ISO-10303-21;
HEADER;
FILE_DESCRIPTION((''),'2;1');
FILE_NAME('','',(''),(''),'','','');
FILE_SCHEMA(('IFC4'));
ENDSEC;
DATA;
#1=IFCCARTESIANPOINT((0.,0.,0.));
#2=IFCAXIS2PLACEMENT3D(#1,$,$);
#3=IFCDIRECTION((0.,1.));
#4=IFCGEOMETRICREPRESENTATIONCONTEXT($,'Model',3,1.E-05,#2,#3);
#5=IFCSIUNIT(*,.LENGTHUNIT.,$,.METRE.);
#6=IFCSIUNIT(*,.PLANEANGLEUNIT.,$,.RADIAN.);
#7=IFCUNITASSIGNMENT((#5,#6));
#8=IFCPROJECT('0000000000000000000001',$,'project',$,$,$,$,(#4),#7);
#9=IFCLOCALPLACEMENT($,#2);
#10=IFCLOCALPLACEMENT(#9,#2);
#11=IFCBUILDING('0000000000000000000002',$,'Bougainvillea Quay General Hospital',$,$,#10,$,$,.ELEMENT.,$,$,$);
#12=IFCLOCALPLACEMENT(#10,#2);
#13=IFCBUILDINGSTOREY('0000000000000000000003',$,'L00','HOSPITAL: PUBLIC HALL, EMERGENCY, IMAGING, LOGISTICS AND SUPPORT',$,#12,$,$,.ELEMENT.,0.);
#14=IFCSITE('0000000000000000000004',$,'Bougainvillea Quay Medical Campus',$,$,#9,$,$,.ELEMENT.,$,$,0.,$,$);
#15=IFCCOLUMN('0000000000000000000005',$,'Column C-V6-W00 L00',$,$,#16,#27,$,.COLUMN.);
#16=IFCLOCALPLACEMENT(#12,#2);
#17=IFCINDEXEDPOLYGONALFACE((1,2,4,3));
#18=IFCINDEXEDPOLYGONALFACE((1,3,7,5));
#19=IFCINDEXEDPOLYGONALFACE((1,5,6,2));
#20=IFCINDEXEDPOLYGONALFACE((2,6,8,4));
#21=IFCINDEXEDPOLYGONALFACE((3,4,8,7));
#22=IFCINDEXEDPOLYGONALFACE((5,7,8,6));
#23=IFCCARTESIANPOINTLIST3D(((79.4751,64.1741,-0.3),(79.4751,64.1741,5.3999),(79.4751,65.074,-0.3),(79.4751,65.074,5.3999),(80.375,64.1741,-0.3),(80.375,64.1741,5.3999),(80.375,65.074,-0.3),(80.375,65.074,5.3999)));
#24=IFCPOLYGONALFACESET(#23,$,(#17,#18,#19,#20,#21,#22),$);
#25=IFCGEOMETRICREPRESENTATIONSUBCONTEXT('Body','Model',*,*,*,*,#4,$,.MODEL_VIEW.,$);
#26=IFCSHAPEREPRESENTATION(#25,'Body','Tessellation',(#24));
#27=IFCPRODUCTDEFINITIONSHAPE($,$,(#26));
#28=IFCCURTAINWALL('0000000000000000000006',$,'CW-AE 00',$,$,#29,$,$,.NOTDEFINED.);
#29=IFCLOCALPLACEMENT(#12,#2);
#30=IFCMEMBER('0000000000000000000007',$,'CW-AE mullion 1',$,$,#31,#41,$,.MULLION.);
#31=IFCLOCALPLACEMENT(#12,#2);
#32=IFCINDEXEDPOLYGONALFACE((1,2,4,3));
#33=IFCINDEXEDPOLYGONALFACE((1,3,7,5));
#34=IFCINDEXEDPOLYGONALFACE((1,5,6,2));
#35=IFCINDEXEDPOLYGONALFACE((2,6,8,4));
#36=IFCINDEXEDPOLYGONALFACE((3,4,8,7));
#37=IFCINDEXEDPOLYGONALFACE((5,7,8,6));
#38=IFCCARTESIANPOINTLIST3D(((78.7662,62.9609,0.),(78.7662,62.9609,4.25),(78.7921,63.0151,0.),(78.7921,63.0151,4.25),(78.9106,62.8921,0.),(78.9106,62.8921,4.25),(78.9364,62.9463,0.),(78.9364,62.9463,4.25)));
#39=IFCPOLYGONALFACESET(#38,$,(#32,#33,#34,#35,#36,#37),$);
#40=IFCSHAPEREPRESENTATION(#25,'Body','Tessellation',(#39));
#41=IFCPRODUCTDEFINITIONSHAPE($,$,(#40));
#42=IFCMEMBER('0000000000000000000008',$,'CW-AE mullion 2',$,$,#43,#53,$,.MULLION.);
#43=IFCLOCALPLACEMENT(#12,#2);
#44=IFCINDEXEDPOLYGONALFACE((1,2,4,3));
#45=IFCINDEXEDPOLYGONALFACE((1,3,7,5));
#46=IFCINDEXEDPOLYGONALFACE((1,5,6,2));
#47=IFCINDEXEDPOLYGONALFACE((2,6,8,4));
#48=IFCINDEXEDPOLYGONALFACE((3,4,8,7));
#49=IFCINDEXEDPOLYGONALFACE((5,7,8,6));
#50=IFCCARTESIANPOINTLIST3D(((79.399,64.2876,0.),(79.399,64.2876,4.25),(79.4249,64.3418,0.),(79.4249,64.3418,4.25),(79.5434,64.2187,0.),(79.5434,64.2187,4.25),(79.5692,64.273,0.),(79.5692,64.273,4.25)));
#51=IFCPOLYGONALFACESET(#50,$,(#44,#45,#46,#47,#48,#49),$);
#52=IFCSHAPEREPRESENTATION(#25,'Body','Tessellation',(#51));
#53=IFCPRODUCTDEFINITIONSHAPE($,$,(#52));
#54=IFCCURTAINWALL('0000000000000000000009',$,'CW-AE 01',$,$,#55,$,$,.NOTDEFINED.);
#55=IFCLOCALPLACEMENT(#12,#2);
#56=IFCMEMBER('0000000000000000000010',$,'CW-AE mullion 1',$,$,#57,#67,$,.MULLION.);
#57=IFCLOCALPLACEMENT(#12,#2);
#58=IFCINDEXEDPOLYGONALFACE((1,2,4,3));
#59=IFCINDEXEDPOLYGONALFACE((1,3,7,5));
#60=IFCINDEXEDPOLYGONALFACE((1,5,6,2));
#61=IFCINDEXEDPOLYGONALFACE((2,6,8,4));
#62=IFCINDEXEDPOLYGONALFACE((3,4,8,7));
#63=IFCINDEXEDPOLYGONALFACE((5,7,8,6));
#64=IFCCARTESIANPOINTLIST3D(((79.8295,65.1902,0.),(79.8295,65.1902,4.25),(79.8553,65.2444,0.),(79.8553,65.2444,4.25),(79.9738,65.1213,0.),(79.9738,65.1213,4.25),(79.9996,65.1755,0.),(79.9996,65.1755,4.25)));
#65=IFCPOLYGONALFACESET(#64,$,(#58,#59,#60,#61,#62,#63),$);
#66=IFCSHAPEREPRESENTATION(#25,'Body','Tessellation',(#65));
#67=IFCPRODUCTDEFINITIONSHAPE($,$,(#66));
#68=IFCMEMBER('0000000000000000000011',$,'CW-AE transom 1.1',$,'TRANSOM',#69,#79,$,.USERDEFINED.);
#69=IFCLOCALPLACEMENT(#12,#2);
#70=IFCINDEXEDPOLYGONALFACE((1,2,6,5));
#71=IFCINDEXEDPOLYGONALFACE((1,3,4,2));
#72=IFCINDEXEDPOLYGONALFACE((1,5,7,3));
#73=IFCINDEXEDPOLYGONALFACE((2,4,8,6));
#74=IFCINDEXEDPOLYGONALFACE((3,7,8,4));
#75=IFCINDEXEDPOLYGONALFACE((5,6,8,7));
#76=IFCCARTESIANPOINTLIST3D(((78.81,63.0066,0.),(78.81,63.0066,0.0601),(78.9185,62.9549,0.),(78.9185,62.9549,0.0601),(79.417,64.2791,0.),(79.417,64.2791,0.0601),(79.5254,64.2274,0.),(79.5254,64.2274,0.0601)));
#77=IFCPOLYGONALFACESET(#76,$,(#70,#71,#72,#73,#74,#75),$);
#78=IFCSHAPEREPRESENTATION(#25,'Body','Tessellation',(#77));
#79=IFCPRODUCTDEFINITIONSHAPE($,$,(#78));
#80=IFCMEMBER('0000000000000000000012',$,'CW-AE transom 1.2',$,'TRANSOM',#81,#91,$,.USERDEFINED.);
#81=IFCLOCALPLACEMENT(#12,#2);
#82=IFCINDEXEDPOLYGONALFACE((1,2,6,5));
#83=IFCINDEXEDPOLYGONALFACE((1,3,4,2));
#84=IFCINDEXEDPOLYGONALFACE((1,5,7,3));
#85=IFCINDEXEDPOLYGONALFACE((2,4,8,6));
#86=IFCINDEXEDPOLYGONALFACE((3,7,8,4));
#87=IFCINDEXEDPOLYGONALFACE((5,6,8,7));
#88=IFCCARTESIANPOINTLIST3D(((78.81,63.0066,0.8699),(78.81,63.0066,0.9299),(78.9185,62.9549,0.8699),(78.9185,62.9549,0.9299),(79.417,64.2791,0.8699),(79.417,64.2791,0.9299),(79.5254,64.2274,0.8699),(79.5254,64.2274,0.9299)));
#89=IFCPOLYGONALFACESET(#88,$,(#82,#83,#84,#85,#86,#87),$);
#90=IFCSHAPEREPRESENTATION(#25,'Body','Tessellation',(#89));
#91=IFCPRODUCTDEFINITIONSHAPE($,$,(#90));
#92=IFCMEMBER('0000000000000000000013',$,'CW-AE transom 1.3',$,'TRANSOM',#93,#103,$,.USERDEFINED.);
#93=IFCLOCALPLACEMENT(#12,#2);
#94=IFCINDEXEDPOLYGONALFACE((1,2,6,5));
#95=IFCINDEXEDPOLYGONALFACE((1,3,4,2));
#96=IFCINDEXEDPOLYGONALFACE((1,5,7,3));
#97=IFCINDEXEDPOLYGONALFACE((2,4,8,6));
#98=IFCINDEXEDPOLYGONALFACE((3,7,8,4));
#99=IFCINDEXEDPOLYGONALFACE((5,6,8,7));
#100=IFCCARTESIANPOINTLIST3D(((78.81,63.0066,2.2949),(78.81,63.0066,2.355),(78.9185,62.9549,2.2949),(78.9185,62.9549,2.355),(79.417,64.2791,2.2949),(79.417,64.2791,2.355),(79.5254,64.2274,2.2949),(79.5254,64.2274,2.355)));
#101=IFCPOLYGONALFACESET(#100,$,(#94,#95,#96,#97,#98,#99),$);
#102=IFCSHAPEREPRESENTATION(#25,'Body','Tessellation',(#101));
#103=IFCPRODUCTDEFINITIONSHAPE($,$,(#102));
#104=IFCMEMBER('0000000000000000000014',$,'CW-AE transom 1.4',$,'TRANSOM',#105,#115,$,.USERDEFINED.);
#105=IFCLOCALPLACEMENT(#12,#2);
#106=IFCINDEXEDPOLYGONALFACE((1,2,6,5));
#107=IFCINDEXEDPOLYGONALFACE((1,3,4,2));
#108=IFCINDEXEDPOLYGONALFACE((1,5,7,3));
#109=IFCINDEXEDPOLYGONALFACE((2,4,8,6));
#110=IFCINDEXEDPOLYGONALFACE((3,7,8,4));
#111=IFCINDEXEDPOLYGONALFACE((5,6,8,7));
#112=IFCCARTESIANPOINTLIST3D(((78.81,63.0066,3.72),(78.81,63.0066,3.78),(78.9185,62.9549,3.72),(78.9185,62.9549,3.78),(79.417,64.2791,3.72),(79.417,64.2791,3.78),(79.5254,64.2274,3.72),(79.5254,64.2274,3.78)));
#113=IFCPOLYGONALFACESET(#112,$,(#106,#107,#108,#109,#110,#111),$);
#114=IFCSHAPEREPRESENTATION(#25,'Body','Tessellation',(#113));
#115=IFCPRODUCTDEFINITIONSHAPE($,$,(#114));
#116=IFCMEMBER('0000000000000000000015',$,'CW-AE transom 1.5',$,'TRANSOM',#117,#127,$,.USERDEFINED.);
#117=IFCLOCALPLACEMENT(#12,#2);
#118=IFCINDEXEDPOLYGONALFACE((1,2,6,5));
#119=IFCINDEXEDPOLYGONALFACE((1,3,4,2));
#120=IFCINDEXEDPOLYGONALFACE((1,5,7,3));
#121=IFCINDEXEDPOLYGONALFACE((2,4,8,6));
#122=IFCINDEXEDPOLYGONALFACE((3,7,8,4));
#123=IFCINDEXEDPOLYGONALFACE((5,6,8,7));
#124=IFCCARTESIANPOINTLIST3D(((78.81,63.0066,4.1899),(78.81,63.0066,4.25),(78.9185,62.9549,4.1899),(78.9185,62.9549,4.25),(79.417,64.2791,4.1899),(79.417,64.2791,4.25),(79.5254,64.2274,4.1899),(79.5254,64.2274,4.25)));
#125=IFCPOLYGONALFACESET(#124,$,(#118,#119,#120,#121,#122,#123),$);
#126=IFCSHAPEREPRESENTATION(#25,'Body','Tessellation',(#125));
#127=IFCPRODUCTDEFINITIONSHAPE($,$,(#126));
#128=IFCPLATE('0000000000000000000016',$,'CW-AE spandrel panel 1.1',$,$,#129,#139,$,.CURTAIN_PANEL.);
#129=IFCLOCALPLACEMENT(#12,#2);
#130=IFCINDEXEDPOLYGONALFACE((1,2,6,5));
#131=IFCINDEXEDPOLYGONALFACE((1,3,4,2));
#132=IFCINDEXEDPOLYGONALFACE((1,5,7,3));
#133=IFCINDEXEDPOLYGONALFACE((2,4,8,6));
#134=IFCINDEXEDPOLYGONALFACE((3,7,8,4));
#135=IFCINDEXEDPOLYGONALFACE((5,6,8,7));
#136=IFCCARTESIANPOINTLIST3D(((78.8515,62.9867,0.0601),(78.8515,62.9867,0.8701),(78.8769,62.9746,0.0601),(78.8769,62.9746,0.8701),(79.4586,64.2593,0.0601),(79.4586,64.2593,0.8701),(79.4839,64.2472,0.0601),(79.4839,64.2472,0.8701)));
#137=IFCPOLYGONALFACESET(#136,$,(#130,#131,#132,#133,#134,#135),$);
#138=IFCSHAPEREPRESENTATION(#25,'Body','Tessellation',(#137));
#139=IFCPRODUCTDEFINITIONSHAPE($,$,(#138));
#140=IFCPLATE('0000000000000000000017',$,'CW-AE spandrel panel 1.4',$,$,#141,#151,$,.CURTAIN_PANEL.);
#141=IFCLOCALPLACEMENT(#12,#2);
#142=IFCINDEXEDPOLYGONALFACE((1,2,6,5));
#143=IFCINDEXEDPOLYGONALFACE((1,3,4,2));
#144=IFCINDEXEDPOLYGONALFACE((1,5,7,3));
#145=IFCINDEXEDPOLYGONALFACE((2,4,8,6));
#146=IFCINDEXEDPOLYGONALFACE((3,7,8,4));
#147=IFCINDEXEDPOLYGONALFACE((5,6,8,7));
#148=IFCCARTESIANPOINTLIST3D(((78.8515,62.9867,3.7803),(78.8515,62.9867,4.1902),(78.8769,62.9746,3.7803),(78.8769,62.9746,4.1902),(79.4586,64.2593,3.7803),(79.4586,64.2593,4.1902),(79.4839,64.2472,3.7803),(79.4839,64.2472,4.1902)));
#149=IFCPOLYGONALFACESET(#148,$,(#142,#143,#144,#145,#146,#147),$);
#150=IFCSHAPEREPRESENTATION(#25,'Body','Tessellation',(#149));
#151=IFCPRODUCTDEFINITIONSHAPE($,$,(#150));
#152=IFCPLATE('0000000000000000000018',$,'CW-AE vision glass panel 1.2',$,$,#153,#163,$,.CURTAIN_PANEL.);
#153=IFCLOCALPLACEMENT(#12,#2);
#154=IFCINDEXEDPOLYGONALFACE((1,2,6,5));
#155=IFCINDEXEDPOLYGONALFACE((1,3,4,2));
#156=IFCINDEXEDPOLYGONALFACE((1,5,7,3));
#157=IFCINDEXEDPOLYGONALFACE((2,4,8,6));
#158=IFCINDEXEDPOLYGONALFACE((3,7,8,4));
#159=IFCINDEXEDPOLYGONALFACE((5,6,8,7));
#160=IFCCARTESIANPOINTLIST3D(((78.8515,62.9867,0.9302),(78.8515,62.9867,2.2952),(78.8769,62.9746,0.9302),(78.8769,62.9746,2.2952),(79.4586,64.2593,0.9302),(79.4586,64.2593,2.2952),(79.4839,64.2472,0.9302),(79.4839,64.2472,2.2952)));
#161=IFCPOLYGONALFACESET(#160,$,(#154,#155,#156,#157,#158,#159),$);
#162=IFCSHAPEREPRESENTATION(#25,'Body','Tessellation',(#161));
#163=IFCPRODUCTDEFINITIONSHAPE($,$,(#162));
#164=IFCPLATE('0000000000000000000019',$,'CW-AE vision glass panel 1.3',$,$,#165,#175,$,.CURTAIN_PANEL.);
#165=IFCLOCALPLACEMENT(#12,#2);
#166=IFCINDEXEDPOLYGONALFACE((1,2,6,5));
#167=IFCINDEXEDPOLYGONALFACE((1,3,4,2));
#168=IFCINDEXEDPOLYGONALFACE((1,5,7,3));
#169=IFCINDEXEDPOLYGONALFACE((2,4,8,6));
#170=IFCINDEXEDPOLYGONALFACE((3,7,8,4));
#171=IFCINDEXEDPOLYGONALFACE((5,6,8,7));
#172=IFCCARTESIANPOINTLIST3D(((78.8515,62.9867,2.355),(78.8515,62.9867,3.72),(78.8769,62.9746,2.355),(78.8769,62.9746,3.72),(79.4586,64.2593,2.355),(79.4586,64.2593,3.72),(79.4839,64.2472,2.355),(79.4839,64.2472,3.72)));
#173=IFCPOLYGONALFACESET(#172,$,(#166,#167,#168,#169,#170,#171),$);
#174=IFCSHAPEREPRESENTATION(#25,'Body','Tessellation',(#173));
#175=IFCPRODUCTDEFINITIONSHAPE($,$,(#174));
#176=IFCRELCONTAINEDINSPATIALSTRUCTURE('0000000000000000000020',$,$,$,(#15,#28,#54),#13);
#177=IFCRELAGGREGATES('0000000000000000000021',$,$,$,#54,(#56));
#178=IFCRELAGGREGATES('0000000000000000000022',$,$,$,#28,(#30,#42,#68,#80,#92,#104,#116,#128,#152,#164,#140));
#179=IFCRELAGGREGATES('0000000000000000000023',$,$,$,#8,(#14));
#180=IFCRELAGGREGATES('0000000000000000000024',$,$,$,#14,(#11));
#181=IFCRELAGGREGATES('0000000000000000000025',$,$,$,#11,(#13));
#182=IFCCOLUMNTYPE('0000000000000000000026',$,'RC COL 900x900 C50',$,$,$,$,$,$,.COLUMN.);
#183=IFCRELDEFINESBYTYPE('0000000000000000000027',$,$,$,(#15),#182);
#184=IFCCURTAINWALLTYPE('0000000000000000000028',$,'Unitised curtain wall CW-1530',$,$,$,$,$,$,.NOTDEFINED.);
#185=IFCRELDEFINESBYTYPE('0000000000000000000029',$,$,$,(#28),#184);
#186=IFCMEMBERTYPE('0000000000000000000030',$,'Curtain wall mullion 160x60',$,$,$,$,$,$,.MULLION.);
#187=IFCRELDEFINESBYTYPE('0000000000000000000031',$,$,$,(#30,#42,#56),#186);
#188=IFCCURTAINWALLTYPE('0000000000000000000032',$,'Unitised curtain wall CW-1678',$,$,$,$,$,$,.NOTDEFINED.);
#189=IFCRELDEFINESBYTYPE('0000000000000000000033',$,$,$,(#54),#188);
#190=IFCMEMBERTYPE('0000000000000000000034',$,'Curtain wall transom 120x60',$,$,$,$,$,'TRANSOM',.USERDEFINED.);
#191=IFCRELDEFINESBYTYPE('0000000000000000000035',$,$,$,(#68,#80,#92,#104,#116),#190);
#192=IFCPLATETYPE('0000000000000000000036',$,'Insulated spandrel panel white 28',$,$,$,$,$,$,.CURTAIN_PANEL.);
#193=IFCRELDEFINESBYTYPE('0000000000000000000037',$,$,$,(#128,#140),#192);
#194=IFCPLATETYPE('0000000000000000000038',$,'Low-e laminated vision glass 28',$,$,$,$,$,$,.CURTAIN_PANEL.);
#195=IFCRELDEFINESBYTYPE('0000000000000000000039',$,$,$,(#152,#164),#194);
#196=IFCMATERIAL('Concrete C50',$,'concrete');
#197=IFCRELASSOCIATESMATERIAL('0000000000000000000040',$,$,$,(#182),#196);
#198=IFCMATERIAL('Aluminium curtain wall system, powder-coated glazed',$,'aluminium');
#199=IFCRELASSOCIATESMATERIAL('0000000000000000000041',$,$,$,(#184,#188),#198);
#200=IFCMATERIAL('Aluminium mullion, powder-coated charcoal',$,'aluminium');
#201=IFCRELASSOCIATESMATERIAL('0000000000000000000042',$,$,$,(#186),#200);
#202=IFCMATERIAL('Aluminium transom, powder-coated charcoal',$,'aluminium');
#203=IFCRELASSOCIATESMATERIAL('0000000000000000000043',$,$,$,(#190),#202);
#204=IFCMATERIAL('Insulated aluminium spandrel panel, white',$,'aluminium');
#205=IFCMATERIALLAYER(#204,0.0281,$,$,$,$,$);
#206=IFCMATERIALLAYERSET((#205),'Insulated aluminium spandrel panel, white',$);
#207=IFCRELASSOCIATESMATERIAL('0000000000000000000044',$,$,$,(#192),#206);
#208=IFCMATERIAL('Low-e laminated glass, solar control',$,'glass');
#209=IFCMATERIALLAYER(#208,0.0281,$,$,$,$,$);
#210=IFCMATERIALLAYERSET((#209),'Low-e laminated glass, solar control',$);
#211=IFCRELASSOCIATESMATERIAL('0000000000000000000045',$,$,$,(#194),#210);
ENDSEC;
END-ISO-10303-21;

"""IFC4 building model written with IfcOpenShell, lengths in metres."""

from ifc_helpers import new_model, si_unit, direction, frame, origin, origin_2d, place, context, subcontext, project, spatial, rectangle, extrude, material, layer, layer_set, material_profile, profile_set, type_object, element, aggregate, save


model = new_model("IFC4")

# Units and contexts
model_context = context("Model", 3, precision=1e-05, world=origin(), true_north=direction((0.0, 1.0)))
body_context = subcontext(model_context, "Body", "Model", "MODEL_VIEW")
ifc_project = project(units=[si_unit("LENGTHUNIT", "METRE"), si_unit("PLANEANGLEUNIT", "RADIAN")], contexts=[model_context])

# Site, building, storey
site_placement = place(None, origin())
site = spatial("IfcSite", under=ifc_project, at=site_placement, Name="Bougainvillea Quay Medical Campus", CompositionType="ELEMENT", RefElevation=0.0)
building_placement = place(site_placement, origin())
building = spatial("IfcBuilding", under=site, at=building_placement, Name="Bougainvillea Quay General Hospital", CompositionType="ELEMENT")
storey_placement = place(building_placement, origin())
storey = spatial("IfcBuildingStorey", under=building, at=storey_placement, Name="L00", Description="HOSPITAL: PUBLIC HALL, EMERGENCY, IMAGING, LOGISTICS AND SUPPORT", CompositionType="ELEMENT", Elevation=0.0)

# Column
ifc_material_1 = material(Name="Concrete C50", Category="concrete")
ifc_material_profile_1 = material_profile(ifc_material_1, rectangle(XDim=0.8999, YDim=0.8999, at=origin_2d()))
ifc_profile_set_1 = profile_set([ifc_material_profile_1], Name="Concrete C50")
column_type = type_object("IfcColumnType", Name="RC COL 900x900 C50", PredefinedType="COLUMN", material=ifc_profile_set_1)
column_placement = place(storey_placement, frame((79.925, 64.624, -0.3), z_axis=(0.0, 0.0, 1.0), x_axis=(1.0, 0.0, 0.0)))
element("IfcColumn", 1, at=column_placement, inside=storey, type_object=column_type, Name="Column C-V6-W00 L00", PredefinedType="COLUMN", context=body_context, shape_type="SweptSolid", body=[
    extrude(rectangle(XDim=0.8999, YDim=0.8999, at=origin_2d()), origin(), (0.0, 0.0, 1.0), 5.7),
])

# Curtain wall, members
ifc_material_2 = material(Name="Aluminium curtain wall system, powder-coated glazed", Category="aluminium")
curtain_wall_type_1 = type_object("IfcCurtainWallType", Name="Unitised curtain wall CW-1530", PredefinedType="NOTDEFINED", material=ifc_material_2)
curtain_wall_1_placement = place(storey_placement, origin())
curtain_wall_1 = element("IfcCurtainWall", 2, at=curtain_wall_1_placement, inside=storey, type_object=curtain_wall_type_1, Name="CW-AE 00", PredefinedType="NOTDEFINED")
ifc_material_3 = material(Name="Aluminium mullion, powder-coated charcoal", Category="aluminium")
ifc_material_profile_2 = material_profile(ifc_material_3, rectangle(XDim=0.1599, YDim=0.0601, at=origin_2d()))
ifc_profile_set_2 = profile_set([ifc_material_profile_2], Name="Aluminium mullion, powder-coated charcoal")
member_type_1 = type_object("IfcMemberType", Name="Curtain wall mullion 160x60", PredefinedType="MULLION", material=ifc_profile_set_2)
member_1_placement = place(storey_placement, frame((78.8513, 62.9536, 0.0), z_axis=(0.0, 0.0, 1.0), x_axis=(-0.902576, 0.43053, 0.0)))
member_1 = element("IfcMember", 3, at=member_1_placement, type_object=member_type_1, Name="CW-AE mullion 1", PredefinedType="MULLION", context=body_context, shape_type="SweptSolid", body=[
    extrude(rectangle(XDim=0.1599, YDim=0.0601, at=origin_2d()), origin(), (0.0, 0.0, 1.0), 4.25),
])
member_2_placement = place(storey_placement, frame((79.4841, 64.2803, 0.0), z_axis=(0.0, 0.0, 1.0), x_axis=(-0.902576, 0.43053, 0.0)))
member_2 = element("IfcMember", 4, at=member_2_placement, type_object=member_type_1, Name="CW-AE mullion 2", PredefinedType="MULLION", context=body_context, shape_type="SweptSolid", body=[
    extrude(rectangle(XDim=0.1599, YDim=0.0601, at=origin_2d()), origin(), (0.0, 0.0, 1.0), 4.25),
])

# Curtain wall, member
curtain_wall_type_2 = type_object("IfcCurtainWallType", Name="Unitised curtain wall CW-1678", PredefinedType="NOTDEFINED", material=ifc_material_2)
curtain_wall_2_placement = place(storey_placement, origin())
curtain_wall_2 = element("IfcCurtainWall", 5, at=curtain_wall_2_placement, inside=storey, type_object=curtain_wall_type_2, Name="CW-AE 01", PredefinedType="NOTDEFINED")
member_3_placement = place(storey_placement, frame((79.9146, 65.1829, 0.0), z_axis=(0.0, 0.0, 1.0), x_axis=(-0.902576, 0.43053, 0.0)))
member_3 = element("IfcMember", 6, at=member_3_placement, type_object=member_type_1, Name="CW-AE mullion 1", PredefinedType="MULLION", context=body_context, shape_type="SweptSolid", body=[
    extrude(rectangle(XDim=0.1599, YDim=0.0601, at=origin_2d()), origin(), (0.0, 0.0, 1.0), 4.25),
])
aggregate(curtain_wall_2, [member_3])

# Members
ifc_material_4 = material(Name="Aluminium transom, powder-coated charcoal", Category="aluminium")
ifc_material_profile_3 = material_profile(ifc_material_4, rectangle(XDim=0.1201, YDim=0.0601, at=origin_2d()))
ifc_profile_set_3 = profile_set([ifc_material_profile_3], Name="Aluminium transom, powder-coated charcoal")
member_type_2 = type_object("IfcMemberType", Name="Curtain wall transom 120x60", ElementType="TRANSOM", PredefinedType="USERDEFINED", material=ifc_profile_set_3)
member_4_placement = place(storey_placement, frame((78.8643, 62.9807, 0.03), z_axis=(0.430512, 0.902585, 0.0), x_axis=(-0.902585, 0.430512, 0.0)))
member_4 = element("IfcMember", 7, at=member_4_placement, type_object=member_type_2, Name="CW-AE transom 1.1", ObjectType="TRANSOM", PredefinedType="USERDEFINED", context=body_context, shape_type="SweptSolid", body=[
    extrude(rectangle(XDim=0.1201, YDim=0.0601, at=origin_2d()), origin(), (0.0, 0.0, 1.0), 1.4099),
])
member_5_placement = place(storey_placement, frame((78.8643, 62.9807, 0.8999), z_axis=(0.430512, 0.902585, 0.0), x_axis=(-0.902585, 0.430512, 0.0)))
member_5 = element("IfcMember", 8, at=member_5_placement, type_object=member_type_2, Name="CW-AE transom 1.2", ObjectType="TRANSOM", PredefinedType="USERDEFINED", context=body_context, shape_type="SweptSolid", body=[
    extrude(rectangle(XDim=0.1201, YDim=0.0601, at=origin_2d()), origin(), (0.0, 0.0, 1.0), 1.4099),
])
member_6_placement = place(storey_placement, frame((78.8643, 62.9807, 2.325), z_axis=(0.430512, 0.902585, 0.0), x_axis=(-0.902585, 0.430512, 0.0)))
member_6 = element("IfcMember", 9, at=member_6_placement, type_object=member_type_2, Name="CW-AE transom 1.3", ObjectType="TRANSOM", PredefinedType="USERDEFINED", context=body_context, shape_type="SweptSolid", body=[
    extrude(rectangle(XDim=0.1201, YDim=0.0601, at=origin_2d()), origin(), (0.0, 0.0, 1.0), 1.4099),
])
member_7_placement = place(storey_placement, frame((78.8643, 62.9807, 3.75), z_axis=(0.430512, 0.902585, 0.0), x_axis=(-0.902585, 0.430512, 0.0)))
member_7 = element("IfcMember", 10, at=member_7_placement, type_object=member_type_2, Name="CW-AE transom 1.4", ObjectType="TRANSOM", PredefinedType="USERDEFINED", context=body_context, shape_type="SweptSolid", body=[
    extrude(rectangle(XDim=0.1201, YDim=0.0601, at=origin_2d()), origin(), (0.0, 0.0, 1.0), 1.4099),
])
member_8_placement = place(storey_placement, frame((78.8643, 62.9807, 4.22), z_axis=(0.430512, 0.902585, 0.0), x_axis=(-0.902585, 0.430512, 0.0)))
member_8 = element("IfcMember", 11, at=member_8_placement, type_object=member_type_2, Name="CW-AE transom 1.5", ObjectType="TRANSOM", PredefinedType="USERDEFINED", context=body_context, shape_type="SweptSolid", body=[
    extrude(rectangle(XDim=0.1201, YDim=0.0601, at=origin_2d()), origin(), (0.0, 0.0, 1.0), 1.4099),
])

# Plates
ifc_material_5 = material(Name="Insulated aluminium spandrel panel, white", Category="aluminium")
ifc_layer_1 = layer(ifc_material_5, 0.0281)
ifc_layer_set_1 = layer_set([ifc_layer_1], Name="Insulated aluminium spandrel panel, white")
plate_type_1 = type_object("IfcPlateType", Name="Insulated spandrel panel white 28", PredefinedType="CURTAIN_PANEL", material=ifc_layer_set_1)
plate_1_placement = place(storey_placement, frame((79.1677, 63.6169, 0.0601), z_axis=(0.0, 0.0, 1.0), x_axis=(0.43053, 0.902576, 0.0)))
plate_1 = element("IfcPlate", 12, at=plate_1_placement, type_object=plate_type_1, Name="CW-AE spandrel panel 1.1", PredefinedType="CURTAIN_PANEL", context=body_context, shape_type="SweptSolid", body=[
    extrude(rectangle(XDim=1.4099, YDim=0.0281, at=origin_2d()), origin(), (0.0, 0.0, 1.0), 0.8101),
])
plate_2_placement = place(storey_placement, frame((79.1677, 63.6169, 3.7803), z_axis=(0.0, 0.0, 1.0), x_axis=(0.43053, 0.902576, 0.0)))
plate_2 = element("IfcPlate", 13, at=plate_2_placement, type_object=plate_type_1, Name="CW-AE spandrel panel 1.4", PredefinedType="CURTAIN_PANEL", context=body_context, shape_type="SweptSolid", body=[
    extrude(rectangle(XDim=1.4099, YDim=0.0281, at=origin_2d()), origin(), (0.0, 0.0, 1.0), 0.4099),
])
ifc_material_6 = material(Name="Low-e laminated glass, solar control", Category="glass")
ifc_layer_2 = layer(ifc_material_6, 0.0281)
ifc_layer_set_2 = layer_set([ifc_layer_2], Name="Low-e laminated glass, solar control")
plate_type_2 = type_object("IfcPlateType", Name="Low-e laminated vision glass 28", PredefinedType="CURTAIN_PANEL", material=ifc_layer_set_2)
plate_3_placement = place(storey_placement, frame((79.1677, 63.6169, 0.9302), z_axis=(0.0, 0.0, 1.0), x_axis=(0.43053, 0.902576, 0.0)))
plate_3 = element("IfcPlate", 14, at=plate_3_placement, type_object=plate_type_2, Name="CW-AE vision glass panel 1.2", PredefinedType="CURTAIN_PANEL", context=body_context, shape_type="SweptSolid", body=[
    extrude(rectangle(XDim=1.4099, YDim=0.0281, at=origin_2d()), origin(), (0.0, 0.0, 1.0), 1.365),
])
plate_4_placement = place(storey_placement, frame((79.1677, 63.6169, 2.355), z_axis=(0.0, 0.0, 1.0), x_axis=(0.43053, 0.902576, 0.0)))
plate_4 = element("IfcPlate", 15, at=plate_4_placement, type_object=plate_type_2, Name="CW-AE vision glass panel 1.3", PredefinedType="CURTAIN_PANEL", context=body_context, shape_type="SweptSolid", body=[
    extrude(rectangle(XDim=1.4099, YDim=0.0281, at=origin_2d()), origin(), (0.0, 0.0, 1.0), 1.365),
])
aggregate(curtain_wall_1, [member_1, member_2, member_4, member_5, member_6, member_7, member_8, plate_1, plate_3, plate_4, plate_2])

save(model, "model.ifc")
